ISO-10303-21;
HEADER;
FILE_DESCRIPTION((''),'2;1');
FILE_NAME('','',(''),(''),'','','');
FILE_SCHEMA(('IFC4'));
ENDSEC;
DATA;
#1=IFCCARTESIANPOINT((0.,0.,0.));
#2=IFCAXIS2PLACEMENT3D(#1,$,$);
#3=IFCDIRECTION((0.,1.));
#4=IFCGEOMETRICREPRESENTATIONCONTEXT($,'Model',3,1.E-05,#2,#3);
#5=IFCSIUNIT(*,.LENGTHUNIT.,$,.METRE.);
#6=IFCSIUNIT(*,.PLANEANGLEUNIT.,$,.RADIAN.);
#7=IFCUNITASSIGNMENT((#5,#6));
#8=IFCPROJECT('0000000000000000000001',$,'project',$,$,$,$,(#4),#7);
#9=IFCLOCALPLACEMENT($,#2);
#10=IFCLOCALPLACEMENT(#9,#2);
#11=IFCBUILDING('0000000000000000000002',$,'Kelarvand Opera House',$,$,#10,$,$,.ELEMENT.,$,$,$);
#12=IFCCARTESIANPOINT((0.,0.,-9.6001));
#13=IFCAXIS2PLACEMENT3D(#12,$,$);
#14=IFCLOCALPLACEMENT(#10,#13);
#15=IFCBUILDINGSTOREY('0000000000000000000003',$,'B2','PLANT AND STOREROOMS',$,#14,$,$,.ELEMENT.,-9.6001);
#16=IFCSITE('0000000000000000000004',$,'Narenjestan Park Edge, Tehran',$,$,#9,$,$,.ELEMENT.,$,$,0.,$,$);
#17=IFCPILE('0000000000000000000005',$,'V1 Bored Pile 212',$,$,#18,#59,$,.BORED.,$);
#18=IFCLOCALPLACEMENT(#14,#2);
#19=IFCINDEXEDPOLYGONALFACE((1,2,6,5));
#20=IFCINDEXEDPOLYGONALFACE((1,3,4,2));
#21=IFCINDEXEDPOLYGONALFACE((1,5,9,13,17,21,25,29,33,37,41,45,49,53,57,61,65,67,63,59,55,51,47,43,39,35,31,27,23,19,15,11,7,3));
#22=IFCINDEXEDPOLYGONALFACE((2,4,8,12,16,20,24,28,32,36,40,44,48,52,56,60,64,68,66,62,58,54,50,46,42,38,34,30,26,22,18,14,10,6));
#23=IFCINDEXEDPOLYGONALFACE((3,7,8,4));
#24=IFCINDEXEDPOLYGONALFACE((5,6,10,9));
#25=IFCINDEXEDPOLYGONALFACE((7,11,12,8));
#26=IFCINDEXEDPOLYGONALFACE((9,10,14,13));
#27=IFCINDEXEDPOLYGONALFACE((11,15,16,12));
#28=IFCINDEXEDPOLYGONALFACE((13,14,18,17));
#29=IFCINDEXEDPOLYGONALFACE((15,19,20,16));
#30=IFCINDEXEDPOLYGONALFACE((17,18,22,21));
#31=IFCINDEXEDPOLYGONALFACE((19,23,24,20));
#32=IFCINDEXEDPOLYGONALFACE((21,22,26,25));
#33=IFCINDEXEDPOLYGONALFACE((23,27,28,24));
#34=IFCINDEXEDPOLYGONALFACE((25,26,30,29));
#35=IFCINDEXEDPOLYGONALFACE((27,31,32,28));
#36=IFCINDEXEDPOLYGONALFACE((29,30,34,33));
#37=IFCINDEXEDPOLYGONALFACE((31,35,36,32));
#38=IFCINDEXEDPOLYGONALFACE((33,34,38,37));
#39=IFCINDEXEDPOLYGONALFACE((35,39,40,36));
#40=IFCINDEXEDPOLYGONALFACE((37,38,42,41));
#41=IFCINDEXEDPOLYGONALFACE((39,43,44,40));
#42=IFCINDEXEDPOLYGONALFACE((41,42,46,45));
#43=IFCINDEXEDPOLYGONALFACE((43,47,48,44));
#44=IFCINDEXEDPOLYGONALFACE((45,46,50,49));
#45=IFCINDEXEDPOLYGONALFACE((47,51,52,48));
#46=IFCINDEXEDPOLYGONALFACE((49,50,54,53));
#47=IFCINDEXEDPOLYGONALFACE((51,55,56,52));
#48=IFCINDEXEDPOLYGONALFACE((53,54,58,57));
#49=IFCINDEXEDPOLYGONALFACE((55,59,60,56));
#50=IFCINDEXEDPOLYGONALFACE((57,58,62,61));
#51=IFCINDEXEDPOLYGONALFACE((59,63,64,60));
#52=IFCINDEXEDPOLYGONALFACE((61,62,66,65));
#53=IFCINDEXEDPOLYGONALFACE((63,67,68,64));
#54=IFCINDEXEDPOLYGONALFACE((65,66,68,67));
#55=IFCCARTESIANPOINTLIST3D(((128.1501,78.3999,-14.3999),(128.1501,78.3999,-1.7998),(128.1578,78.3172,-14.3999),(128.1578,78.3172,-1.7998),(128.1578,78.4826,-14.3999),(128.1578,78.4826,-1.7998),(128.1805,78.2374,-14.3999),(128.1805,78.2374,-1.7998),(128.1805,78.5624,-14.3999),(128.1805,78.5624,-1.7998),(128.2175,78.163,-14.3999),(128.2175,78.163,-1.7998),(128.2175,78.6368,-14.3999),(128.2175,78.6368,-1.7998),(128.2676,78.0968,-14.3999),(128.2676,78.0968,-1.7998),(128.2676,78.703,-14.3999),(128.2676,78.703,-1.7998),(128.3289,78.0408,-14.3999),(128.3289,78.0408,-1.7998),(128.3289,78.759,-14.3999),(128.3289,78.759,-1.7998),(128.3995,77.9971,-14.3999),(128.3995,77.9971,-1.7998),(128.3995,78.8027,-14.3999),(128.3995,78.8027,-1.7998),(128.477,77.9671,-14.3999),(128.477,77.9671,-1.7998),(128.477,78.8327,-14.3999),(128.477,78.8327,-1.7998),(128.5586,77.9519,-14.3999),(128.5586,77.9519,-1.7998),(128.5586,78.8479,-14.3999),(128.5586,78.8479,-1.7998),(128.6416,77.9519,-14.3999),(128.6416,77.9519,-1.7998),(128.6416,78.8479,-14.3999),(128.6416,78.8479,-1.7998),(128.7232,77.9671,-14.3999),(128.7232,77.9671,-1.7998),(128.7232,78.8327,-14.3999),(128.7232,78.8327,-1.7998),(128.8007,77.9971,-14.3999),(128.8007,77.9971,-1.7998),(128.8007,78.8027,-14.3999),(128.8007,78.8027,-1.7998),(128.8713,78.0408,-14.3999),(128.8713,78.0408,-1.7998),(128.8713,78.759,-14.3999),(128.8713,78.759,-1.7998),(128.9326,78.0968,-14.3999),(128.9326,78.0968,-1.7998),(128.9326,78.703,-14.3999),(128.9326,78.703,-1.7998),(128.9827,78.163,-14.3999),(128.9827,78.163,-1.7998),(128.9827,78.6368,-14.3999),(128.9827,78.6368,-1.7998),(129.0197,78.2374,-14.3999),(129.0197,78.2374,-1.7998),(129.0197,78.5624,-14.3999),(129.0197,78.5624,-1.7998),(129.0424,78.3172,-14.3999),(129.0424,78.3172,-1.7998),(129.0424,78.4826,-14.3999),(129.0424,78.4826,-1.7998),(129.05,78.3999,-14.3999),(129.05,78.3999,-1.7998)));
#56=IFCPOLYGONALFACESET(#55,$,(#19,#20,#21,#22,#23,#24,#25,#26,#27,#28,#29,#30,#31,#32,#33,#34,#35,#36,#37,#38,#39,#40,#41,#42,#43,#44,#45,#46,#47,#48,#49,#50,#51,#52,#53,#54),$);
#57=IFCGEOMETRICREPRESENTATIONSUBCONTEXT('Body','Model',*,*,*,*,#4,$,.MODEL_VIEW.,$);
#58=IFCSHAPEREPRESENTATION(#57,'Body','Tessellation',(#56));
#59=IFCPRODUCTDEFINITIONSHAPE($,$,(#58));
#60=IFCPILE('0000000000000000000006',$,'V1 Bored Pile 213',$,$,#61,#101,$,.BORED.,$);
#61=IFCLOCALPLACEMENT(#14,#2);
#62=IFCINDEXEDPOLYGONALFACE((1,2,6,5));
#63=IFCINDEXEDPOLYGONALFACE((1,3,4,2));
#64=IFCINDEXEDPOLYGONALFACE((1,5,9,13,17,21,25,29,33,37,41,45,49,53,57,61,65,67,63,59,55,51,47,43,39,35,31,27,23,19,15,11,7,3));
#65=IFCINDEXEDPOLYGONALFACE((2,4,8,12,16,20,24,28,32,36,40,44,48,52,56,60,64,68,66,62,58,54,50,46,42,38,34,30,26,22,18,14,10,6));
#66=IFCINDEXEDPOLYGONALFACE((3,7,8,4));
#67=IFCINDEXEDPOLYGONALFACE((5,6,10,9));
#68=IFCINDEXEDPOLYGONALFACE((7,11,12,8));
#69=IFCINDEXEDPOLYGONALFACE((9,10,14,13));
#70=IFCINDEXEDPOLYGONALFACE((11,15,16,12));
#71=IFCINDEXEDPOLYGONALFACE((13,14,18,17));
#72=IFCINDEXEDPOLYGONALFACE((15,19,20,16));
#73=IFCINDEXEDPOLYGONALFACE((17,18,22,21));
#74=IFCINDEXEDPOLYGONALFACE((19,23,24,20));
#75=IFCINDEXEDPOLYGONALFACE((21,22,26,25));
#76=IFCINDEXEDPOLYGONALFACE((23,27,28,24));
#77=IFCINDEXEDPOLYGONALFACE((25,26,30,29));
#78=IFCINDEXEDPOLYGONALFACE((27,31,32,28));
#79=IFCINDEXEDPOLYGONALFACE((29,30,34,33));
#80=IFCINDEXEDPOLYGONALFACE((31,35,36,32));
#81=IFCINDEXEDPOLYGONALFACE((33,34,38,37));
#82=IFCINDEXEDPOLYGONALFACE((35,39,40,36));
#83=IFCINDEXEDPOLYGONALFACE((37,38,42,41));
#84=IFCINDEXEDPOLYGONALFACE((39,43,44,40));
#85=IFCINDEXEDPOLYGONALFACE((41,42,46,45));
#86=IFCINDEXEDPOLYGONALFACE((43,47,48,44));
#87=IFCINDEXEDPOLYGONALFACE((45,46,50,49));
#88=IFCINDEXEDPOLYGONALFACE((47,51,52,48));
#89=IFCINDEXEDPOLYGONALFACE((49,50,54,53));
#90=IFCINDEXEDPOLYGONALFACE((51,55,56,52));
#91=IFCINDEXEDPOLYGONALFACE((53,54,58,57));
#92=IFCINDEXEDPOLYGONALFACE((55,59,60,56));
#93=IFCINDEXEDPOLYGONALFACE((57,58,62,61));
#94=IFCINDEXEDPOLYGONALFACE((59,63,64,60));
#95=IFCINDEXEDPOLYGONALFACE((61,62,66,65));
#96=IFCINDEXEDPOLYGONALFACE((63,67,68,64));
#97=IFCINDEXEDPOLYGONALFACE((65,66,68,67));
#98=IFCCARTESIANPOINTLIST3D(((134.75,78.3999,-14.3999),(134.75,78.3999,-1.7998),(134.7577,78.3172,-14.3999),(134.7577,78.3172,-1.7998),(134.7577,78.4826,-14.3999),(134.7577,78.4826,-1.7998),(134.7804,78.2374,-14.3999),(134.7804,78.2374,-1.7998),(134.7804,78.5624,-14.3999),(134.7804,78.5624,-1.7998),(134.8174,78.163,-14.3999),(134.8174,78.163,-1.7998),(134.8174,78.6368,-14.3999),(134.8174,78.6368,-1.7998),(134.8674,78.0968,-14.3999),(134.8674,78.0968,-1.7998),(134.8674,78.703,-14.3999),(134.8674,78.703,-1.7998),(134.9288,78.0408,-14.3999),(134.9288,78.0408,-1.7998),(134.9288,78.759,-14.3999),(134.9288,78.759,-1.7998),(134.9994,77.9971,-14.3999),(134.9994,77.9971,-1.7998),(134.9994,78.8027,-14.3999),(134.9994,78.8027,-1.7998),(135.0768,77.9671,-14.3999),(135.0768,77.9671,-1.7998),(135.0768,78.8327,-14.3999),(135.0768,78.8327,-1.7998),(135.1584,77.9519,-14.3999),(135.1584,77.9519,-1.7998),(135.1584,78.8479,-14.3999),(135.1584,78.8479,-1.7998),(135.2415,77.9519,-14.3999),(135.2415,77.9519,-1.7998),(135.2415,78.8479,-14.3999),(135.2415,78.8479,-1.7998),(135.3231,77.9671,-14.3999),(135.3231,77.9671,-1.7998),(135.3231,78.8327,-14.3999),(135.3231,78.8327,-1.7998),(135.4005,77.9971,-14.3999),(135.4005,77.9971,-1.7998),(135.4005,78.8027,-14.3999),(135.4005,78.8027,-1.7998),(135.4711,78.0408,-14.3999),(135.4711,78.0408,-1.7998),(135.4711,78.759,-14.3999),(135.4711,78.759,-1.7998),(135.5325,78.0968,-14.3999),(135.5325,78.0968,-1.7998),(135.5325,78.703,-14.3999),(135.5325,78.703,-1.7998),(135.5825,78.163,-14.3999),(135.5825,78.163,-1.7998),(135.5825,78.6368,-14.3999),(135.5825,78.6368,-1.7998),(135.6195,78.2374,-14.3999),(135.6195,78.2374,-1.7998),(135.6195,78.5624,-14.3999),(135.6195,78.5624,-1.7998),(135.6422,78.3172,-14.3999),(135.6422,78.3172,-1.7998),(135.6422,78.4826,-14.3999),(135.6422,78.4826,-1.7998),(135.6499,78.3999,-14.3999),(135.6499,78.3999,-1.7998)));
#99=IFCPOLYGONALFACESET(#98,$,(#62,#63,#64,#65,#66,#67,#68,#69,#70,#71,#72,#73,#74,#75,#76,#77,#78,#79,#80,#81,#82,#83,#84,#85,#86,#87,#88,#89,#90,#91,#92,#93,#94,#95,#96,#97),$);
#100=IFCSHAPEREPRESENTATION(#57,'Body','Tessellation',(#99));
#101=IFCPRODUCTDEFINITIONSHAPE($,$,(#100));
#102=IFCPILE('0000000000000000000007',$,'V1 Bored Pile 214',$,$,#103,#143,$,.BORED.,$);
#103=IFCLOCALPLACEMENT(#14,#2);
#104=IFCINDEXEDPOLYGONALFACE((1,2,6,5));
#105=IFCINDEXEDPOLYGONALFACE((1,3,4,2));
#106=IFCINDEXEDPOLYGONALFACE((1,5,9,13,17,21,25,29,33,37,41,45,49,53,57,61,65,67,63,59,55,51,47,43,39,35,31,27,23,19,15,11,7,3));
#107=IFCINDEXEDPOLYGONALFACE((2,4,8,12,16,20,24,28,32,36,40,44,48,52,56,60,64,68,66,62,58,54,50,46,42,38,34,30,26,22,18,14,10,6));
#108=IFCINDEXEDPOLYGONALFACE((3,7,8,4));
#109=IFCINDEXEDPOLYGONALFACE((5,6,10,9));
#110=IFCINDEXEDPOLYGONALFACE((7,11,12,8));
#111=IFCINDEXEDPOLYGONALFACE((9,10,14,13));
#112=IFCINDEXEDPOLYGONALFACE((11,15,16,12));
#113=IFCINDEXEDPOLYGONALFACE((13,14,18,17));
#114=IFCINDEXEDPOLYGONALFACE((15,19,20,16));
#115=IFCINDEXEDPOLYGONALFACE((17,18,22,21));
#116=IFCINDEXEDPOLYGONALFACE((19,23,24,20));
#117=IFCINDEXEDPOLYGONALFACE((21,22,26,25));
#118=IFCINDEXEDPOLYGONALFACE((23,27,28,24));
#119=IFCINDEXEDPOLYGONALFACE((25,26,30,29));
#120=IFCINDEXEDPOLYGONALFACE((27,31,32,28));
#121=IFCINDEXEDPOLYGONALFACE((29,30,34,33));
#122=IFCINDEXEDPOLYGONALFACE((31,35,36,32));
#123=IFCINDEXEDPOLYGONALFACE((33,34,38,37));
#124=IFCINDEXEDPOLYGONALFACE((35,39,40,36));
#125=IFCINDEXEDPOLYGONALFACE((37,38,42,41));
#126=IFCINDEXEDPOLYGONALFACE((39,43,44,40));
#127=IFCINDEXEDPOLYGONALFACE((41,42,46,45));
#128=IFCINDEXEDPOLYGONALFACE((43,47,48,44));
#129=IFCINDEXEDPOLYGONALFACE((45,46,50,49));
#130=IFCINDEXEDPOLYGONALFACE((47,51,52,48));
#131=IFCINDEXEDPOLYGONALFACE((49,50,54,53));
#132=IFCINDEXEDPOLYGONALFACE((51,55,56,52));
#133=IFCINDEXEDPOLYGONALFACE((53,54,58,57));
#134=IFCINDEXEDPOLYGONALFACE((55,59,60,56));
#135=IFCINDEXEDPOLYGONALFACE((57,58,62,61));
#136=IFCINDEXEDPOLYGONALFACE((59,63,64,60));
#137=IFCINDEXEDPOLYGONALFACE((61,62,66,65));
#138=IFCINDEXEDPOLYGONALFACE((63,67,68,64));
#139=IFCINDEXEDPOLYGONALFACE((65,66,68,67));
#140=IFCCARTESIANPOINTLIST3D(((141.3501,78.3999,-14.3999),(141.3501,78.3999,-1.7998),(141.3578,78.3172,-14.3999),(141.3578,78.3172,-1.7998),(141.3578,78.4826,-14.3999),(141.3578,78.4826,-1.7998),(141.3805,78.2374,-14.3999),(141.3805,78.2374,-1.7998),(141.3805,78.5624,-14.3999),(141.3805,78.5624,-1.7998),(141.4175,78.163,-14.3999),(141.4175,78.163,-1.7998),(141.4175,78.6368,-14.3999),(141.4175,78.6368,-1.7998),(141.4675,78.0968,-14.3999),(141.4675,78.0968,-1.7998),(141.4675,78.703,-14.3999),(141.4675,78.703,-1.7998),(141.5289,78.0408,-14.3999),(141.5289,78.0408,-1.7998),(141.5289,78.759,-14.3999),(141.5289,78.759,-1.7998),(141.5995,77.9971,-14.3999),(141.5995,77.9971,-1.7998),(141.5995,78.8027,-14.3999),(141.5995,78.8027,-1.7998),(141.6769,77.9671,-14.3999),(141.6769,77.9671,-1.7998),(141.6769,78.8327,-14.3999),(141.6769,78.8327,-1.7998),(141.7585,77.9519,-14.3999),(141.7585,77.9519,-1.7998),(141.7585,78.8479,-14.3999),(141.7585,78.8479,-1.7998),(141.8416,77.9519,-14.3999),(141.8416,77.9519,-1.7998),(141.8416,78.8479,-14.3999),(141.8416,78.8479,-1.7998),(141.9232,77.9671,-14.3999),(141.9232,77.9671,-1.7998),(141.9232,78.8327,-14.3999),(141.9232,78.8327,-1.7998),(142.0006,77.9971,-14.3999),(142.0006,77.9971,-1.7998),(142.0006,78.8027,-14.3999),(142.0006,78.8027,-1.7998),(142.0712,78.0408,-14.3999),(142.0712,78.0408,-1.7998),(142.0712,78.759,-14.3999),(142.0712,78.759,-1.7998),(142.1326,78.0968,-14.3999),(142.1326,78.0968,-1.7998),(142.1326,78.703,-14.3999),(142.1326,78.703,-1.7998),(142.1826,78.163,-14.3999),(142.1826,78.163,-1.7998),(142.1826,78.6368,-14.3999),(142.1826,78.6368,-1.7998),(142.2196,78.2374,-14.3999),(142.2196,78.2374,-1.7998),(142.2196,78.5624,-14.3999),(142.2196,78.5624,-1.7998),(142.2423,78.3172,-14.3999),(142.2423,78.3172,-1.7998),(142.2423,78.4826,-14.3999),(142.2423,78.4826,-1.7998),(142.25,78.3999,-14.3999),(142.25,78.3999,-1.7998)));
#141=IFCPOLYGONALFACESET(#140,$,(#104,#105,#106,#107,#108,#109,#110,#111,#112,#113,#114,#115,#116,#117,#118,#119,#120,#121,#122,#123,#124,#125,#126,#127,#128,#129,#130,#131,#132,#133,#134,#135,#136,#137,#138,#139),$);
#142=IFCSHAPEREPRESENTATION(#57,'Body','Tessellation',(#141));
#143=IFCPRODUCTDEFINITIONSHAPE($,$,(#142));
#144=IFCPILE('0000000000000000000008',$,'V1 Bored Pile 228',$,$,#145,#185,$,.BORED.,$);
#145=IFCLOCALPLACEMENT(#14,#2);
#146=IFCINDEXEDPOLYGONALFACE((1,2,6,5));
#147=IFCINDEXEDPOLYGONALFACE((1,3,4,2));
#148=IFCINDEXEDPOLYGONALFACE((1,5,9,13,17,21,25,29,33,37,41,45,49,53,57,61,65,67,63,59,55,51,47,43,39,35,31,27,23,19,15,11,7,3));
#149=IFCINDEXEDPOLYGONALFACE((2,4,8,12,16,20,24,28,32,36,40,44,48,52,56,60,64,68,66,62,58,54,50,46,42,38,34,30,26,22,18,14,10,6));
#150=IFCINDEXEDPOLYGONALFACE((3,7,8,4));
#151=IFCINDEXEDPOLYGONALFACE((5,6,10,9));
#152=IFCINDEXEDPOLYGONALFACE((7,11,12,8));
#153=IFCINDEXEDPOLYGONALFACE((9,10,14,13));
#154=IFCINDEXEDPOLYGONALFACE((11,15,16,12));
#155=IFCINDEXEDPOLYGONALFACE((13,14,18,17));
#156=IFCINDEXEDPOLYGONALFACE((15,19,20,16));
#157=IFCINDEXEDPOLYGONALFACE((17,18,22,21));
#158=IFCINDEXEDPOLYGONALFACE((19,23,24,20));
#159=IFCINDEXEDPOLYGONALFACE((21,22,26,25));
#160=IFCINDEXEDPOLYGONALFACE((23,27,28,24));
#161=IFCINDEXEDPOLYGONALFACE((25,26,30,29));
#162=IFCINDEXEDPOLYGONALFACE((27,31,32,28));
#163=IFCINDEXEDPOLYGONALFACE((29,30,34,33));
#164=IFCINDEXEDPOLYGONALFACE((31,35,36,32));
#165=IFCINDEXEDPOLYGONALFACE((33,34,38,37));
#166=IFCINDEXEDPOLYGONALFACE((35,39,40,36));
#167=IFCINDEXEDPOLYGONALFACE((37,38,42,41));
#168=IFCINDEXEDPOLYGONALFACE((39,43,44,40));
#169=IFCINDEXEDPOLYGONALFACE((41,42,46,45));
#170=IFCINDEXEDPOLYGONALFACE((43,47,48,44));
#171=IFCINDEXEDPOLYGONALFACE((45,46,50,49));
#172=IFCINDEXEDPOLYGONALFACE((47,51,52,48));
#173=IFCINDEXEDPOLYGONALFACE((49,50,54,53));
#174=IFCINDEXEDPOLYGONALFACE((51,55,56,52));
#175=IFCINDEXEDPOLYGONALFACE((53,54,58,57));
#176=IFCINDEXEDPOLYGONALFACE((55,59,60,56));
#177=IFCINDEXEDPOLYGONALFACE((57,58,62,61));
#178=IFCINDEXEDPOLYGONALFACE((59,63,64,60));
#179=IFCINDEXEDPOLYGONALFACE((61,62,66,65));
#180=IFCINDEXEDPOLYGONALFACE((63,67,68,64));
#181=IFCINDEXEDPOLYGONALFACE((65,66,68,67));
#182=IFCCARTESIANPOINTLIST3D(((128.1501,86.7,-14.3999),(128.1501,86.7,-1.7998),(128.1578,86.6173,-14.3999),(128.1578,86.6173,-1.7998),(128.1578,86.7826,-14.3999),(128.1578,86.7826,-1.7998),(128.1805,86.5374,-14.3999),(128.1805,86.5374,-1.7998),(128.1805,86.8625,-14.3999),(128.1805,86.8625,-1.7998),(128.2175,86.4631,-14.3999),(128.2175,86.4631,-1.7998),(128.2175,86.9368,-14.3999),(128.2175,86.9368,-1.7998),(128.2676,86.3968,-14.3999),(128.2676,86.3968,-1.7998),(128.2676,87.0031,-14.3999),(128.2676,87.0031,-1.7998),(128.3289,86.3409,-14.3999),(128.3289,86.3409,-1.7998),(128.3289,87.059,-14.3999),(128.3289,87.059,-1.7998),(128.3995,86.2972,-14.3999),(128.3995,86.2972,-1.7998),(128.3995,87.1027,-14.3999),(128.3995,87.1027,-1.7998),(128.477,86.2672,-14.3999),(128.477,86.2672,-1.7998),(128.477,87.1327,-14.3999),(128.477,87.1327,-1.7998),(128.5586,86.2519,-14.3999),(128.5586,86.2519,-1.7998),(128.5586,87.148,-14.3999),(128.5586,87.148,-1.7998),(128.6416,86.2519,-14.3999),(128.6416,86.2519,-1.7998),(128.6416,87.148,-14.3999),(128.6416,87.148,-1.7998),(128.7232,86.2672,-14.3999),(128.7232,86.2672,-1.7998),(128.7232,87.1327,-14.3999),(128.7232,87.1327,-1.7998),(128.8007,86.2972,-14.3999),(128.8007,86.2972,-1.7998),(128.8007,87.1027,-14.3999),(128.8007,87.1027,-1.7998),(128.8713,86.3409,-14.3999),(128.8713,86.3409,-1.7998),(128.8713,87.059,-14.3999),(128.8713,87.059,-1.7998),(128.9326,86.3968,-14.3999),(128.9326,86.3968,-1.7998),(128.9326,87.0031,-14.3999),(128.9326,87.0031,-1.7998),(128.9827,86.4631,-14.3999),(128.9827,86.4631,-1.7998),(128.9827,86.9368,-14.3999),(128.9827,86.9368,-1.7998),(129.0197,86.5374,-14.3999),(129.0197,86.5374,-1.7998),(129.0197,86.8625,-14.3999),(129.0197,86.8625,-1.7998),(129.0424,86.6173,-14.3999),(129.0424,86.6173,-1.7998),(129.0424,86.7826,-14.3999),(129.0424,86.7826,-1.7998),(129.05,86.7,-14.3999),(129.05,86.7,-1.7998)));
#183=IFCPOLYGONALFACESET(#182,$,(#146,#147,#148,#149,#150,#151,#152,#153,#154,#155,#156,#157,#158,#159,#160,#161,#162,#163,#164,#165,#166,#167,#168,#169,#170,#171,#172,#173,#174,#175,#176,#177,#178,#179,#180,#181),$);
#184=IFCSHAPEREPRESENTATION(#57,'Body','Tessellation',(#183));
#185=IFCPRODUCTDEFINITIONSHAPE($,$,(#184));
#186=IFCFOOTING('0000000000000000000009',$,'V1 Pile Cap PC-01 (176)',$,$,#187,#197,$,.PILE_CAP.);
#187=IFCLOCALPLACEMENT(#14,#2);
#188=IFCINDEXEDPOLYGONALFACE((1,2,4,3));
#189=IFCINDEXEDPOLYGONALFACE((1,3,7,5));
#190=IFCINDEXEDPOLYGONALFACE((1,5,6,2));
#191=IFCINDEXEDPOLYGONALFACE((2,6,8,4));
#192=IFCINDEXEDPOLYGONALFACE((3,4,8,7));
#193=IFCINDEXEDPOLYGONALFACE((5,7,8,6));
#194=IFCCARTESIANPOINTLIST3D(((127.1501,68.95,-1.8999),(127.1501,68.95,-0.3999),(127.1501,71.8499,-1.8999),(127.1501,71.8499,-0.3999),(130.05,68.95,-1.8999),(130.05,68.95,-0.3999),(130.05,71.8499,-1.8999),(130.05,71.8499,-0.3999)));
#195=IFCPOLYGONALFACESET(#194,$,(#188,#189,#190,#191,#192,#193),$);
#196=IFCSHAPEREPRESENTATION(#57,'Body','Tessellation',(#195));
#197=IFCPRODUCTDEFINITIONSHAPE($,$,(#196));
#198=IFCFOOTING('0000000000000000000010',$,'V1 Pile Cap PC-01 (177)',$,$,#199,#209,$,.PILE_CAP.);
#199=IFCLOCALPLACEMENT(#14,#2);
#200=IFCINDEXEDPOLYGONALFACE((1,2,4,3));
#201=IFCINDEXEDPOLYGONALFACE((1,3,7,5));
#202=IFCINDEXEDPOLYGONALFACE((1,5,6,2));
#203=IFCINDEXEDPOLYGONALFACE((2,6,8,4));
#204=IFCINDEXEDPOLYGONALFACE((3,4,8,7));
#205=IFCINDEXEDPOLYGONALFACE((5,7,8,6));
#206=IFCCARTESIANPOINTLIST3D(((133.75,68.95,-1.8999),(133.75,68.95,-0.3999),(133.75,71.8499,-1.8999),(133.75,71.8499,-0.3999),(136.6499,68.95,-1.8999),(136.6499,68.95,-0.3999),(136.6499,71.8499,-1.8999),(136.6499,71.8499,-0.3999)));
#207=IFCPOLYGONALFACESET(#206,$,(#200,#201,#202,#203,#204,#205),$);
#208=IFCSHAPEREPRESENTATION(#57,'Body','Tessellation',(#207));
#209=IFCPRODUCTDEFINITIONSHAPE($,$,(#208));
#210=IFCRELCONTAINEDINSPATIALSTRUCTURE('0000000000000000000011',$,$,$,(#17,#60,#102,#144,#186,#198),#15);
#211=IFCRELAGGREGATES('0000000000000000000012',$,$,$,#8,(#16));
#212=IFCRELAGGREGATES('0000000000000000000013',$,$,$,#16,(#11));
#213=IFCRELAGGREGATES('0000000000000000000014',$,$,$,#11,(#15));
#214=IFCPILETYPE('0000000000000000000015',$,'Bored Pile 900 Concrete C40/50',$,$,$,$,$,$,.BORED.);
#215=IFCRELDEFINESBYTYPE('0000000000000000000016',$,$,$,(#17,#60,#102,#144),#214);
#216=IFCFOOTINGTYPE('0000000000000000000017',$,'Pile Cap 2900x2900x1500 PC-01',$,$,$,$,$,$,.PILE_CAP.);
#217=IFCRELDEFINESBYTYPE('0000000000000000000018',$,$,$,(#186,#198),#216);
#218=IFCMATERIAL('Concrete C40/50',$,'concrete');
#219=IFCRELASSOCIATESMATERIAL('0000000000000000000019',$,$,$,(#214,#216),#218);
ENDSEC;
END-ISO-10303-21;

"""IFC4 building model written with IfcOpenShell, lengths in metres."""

from ifc_helpers import new_model, si_unit, direction, frame, origin, origin_2d, place, context, subcontext, project, spatial, rectangle, circle, extrude, material, material_profile, profile_set, type_object, element, save


model = new_model("IFC4")

# Units and contexts
model_context = context("Model", 3, precision=1e-05, world=origin(), true_north=direction((0.0, 1.0)))
body_context = subcontext(model_context, "Body", "Model", "MODEL_VIEW")
ifc_project = project(units=[si_unit("LENGTHUNIT", "METRE"), si_unit("PLANEANGLEUNIT", "RADIAN")], contexts=[model_context])

# Site, building, storey
site_placement = place(None, origin())
site = spatial("IfcSite", under=ifc_project, at=site_placement, Name="Narenjestan Park Edge, Tehran", CompositionType="ELEMENT", RefElevation=0.0)
building_placement = place(site_placement, origin())
building = spatial("IfcBuilding", under=site, at=building_placement, Name="Kelarvand Opera House", CompositionType="ELEMENT")
storey_placement = place(building_placement, frame((0.0, 0.0, -9.6001)))
storey = spatial("IfcBuildingStorey", under=building, at=storey_placement, Name="B2", Description="PLANT AND STOREROOMS", CompositionType="ELEMENT", Elevation=-9.6001)

# Piles
ifc_material_1 = material(Name="Concrete C40/50", Category="concrete")
ifc_material_profile_1 = material_profile(ifc_material_1, circle(Radius=0.45, at=origin_2d()), Name="BP 900", Category="concrete")
ifc_profile_set_1 = profile_set([ifc_material_profile_1], Name="Concrete C40/50")
pile_type_1 = type_object("IfcPileType", Name="Bored Pile 900 Concrete C40/50", PredefinedType="BORED", material=ifc_profile_set_1)
for number, where, z_axis, x_axis, name in (
    (1, (128.6001, 78.3999, -1.7998), (0.0, 0.0, -1.0), (1.0, 0.0, 0.0), "V1 Bored Pile 212"),
    (2, (135.2, 78.3999, -1.7998), (0.0, 0.0, -1.0), (1.0, 0.0, 0.0), "V1 Bored Pile 213"),
    (3, (141.8, 78.3999, -1.7998), (0.0, 0.0, -1.0), (1.0, 0.0, 0.0), "V1 Bored Pile 214"),
    (4, (128.6001, 86.7, -1.7998), (0.0, 0.0, -1.0), (1.0, 0.0, 0.0), "V1 Bored Pile 228"),
):
    element("IfcPile", number, at=place(storey_placement, frame(where, z_axis=z_axis, x_axis=x_axis)), inside=storey, type_object=pile_type_1, Name=name, PredefinedType="BORED", context=body_context, shape_type="SweptSolid", body=[
        extrude(circle(Radius=0.45, at=origin_2d()), origin(), (0.0, 0.0, 1.0), 12.6001),
    ])

# Footings
footing_type_1 = type_object("IfcFootingType", Name="Pile Cap 2900x2900x1500 PC-01", PredefinedType="PILE_CAP", material=ifc_material_1)
for number, where, z_axis, x_axis, name in (
    (5, (128.6001, 70.3999, -1.8999), (0.0, 0.0, 1.0), (1.0, 0.0, 0.0), "V1 Pile Cap PC-01 (176)"),
    (6, (135.2, 70.3999, -1.8999), (0.0, 0.0, 1.0), (1.0, 0.0, 0.0), "V1 Pile Cap PC-01 (177)"),
):
    element("IfcFooting", number, at=place(storey_placement, frame(where, z_axis=z_axis, x_axis=x_axis)), inside=storey, type_object=footing_type_1, Name=name, PredefinedType="PILE_CAP", context=body_context, shape_type="SweptSolid", body=[
        extrude(rectangle(XDim=2.8999, YDim=2.8999, at=origin_2d()), origin(), (0.0, 0.0, 1.0), 1.5),
    ])

save(model, "model.ifc")
